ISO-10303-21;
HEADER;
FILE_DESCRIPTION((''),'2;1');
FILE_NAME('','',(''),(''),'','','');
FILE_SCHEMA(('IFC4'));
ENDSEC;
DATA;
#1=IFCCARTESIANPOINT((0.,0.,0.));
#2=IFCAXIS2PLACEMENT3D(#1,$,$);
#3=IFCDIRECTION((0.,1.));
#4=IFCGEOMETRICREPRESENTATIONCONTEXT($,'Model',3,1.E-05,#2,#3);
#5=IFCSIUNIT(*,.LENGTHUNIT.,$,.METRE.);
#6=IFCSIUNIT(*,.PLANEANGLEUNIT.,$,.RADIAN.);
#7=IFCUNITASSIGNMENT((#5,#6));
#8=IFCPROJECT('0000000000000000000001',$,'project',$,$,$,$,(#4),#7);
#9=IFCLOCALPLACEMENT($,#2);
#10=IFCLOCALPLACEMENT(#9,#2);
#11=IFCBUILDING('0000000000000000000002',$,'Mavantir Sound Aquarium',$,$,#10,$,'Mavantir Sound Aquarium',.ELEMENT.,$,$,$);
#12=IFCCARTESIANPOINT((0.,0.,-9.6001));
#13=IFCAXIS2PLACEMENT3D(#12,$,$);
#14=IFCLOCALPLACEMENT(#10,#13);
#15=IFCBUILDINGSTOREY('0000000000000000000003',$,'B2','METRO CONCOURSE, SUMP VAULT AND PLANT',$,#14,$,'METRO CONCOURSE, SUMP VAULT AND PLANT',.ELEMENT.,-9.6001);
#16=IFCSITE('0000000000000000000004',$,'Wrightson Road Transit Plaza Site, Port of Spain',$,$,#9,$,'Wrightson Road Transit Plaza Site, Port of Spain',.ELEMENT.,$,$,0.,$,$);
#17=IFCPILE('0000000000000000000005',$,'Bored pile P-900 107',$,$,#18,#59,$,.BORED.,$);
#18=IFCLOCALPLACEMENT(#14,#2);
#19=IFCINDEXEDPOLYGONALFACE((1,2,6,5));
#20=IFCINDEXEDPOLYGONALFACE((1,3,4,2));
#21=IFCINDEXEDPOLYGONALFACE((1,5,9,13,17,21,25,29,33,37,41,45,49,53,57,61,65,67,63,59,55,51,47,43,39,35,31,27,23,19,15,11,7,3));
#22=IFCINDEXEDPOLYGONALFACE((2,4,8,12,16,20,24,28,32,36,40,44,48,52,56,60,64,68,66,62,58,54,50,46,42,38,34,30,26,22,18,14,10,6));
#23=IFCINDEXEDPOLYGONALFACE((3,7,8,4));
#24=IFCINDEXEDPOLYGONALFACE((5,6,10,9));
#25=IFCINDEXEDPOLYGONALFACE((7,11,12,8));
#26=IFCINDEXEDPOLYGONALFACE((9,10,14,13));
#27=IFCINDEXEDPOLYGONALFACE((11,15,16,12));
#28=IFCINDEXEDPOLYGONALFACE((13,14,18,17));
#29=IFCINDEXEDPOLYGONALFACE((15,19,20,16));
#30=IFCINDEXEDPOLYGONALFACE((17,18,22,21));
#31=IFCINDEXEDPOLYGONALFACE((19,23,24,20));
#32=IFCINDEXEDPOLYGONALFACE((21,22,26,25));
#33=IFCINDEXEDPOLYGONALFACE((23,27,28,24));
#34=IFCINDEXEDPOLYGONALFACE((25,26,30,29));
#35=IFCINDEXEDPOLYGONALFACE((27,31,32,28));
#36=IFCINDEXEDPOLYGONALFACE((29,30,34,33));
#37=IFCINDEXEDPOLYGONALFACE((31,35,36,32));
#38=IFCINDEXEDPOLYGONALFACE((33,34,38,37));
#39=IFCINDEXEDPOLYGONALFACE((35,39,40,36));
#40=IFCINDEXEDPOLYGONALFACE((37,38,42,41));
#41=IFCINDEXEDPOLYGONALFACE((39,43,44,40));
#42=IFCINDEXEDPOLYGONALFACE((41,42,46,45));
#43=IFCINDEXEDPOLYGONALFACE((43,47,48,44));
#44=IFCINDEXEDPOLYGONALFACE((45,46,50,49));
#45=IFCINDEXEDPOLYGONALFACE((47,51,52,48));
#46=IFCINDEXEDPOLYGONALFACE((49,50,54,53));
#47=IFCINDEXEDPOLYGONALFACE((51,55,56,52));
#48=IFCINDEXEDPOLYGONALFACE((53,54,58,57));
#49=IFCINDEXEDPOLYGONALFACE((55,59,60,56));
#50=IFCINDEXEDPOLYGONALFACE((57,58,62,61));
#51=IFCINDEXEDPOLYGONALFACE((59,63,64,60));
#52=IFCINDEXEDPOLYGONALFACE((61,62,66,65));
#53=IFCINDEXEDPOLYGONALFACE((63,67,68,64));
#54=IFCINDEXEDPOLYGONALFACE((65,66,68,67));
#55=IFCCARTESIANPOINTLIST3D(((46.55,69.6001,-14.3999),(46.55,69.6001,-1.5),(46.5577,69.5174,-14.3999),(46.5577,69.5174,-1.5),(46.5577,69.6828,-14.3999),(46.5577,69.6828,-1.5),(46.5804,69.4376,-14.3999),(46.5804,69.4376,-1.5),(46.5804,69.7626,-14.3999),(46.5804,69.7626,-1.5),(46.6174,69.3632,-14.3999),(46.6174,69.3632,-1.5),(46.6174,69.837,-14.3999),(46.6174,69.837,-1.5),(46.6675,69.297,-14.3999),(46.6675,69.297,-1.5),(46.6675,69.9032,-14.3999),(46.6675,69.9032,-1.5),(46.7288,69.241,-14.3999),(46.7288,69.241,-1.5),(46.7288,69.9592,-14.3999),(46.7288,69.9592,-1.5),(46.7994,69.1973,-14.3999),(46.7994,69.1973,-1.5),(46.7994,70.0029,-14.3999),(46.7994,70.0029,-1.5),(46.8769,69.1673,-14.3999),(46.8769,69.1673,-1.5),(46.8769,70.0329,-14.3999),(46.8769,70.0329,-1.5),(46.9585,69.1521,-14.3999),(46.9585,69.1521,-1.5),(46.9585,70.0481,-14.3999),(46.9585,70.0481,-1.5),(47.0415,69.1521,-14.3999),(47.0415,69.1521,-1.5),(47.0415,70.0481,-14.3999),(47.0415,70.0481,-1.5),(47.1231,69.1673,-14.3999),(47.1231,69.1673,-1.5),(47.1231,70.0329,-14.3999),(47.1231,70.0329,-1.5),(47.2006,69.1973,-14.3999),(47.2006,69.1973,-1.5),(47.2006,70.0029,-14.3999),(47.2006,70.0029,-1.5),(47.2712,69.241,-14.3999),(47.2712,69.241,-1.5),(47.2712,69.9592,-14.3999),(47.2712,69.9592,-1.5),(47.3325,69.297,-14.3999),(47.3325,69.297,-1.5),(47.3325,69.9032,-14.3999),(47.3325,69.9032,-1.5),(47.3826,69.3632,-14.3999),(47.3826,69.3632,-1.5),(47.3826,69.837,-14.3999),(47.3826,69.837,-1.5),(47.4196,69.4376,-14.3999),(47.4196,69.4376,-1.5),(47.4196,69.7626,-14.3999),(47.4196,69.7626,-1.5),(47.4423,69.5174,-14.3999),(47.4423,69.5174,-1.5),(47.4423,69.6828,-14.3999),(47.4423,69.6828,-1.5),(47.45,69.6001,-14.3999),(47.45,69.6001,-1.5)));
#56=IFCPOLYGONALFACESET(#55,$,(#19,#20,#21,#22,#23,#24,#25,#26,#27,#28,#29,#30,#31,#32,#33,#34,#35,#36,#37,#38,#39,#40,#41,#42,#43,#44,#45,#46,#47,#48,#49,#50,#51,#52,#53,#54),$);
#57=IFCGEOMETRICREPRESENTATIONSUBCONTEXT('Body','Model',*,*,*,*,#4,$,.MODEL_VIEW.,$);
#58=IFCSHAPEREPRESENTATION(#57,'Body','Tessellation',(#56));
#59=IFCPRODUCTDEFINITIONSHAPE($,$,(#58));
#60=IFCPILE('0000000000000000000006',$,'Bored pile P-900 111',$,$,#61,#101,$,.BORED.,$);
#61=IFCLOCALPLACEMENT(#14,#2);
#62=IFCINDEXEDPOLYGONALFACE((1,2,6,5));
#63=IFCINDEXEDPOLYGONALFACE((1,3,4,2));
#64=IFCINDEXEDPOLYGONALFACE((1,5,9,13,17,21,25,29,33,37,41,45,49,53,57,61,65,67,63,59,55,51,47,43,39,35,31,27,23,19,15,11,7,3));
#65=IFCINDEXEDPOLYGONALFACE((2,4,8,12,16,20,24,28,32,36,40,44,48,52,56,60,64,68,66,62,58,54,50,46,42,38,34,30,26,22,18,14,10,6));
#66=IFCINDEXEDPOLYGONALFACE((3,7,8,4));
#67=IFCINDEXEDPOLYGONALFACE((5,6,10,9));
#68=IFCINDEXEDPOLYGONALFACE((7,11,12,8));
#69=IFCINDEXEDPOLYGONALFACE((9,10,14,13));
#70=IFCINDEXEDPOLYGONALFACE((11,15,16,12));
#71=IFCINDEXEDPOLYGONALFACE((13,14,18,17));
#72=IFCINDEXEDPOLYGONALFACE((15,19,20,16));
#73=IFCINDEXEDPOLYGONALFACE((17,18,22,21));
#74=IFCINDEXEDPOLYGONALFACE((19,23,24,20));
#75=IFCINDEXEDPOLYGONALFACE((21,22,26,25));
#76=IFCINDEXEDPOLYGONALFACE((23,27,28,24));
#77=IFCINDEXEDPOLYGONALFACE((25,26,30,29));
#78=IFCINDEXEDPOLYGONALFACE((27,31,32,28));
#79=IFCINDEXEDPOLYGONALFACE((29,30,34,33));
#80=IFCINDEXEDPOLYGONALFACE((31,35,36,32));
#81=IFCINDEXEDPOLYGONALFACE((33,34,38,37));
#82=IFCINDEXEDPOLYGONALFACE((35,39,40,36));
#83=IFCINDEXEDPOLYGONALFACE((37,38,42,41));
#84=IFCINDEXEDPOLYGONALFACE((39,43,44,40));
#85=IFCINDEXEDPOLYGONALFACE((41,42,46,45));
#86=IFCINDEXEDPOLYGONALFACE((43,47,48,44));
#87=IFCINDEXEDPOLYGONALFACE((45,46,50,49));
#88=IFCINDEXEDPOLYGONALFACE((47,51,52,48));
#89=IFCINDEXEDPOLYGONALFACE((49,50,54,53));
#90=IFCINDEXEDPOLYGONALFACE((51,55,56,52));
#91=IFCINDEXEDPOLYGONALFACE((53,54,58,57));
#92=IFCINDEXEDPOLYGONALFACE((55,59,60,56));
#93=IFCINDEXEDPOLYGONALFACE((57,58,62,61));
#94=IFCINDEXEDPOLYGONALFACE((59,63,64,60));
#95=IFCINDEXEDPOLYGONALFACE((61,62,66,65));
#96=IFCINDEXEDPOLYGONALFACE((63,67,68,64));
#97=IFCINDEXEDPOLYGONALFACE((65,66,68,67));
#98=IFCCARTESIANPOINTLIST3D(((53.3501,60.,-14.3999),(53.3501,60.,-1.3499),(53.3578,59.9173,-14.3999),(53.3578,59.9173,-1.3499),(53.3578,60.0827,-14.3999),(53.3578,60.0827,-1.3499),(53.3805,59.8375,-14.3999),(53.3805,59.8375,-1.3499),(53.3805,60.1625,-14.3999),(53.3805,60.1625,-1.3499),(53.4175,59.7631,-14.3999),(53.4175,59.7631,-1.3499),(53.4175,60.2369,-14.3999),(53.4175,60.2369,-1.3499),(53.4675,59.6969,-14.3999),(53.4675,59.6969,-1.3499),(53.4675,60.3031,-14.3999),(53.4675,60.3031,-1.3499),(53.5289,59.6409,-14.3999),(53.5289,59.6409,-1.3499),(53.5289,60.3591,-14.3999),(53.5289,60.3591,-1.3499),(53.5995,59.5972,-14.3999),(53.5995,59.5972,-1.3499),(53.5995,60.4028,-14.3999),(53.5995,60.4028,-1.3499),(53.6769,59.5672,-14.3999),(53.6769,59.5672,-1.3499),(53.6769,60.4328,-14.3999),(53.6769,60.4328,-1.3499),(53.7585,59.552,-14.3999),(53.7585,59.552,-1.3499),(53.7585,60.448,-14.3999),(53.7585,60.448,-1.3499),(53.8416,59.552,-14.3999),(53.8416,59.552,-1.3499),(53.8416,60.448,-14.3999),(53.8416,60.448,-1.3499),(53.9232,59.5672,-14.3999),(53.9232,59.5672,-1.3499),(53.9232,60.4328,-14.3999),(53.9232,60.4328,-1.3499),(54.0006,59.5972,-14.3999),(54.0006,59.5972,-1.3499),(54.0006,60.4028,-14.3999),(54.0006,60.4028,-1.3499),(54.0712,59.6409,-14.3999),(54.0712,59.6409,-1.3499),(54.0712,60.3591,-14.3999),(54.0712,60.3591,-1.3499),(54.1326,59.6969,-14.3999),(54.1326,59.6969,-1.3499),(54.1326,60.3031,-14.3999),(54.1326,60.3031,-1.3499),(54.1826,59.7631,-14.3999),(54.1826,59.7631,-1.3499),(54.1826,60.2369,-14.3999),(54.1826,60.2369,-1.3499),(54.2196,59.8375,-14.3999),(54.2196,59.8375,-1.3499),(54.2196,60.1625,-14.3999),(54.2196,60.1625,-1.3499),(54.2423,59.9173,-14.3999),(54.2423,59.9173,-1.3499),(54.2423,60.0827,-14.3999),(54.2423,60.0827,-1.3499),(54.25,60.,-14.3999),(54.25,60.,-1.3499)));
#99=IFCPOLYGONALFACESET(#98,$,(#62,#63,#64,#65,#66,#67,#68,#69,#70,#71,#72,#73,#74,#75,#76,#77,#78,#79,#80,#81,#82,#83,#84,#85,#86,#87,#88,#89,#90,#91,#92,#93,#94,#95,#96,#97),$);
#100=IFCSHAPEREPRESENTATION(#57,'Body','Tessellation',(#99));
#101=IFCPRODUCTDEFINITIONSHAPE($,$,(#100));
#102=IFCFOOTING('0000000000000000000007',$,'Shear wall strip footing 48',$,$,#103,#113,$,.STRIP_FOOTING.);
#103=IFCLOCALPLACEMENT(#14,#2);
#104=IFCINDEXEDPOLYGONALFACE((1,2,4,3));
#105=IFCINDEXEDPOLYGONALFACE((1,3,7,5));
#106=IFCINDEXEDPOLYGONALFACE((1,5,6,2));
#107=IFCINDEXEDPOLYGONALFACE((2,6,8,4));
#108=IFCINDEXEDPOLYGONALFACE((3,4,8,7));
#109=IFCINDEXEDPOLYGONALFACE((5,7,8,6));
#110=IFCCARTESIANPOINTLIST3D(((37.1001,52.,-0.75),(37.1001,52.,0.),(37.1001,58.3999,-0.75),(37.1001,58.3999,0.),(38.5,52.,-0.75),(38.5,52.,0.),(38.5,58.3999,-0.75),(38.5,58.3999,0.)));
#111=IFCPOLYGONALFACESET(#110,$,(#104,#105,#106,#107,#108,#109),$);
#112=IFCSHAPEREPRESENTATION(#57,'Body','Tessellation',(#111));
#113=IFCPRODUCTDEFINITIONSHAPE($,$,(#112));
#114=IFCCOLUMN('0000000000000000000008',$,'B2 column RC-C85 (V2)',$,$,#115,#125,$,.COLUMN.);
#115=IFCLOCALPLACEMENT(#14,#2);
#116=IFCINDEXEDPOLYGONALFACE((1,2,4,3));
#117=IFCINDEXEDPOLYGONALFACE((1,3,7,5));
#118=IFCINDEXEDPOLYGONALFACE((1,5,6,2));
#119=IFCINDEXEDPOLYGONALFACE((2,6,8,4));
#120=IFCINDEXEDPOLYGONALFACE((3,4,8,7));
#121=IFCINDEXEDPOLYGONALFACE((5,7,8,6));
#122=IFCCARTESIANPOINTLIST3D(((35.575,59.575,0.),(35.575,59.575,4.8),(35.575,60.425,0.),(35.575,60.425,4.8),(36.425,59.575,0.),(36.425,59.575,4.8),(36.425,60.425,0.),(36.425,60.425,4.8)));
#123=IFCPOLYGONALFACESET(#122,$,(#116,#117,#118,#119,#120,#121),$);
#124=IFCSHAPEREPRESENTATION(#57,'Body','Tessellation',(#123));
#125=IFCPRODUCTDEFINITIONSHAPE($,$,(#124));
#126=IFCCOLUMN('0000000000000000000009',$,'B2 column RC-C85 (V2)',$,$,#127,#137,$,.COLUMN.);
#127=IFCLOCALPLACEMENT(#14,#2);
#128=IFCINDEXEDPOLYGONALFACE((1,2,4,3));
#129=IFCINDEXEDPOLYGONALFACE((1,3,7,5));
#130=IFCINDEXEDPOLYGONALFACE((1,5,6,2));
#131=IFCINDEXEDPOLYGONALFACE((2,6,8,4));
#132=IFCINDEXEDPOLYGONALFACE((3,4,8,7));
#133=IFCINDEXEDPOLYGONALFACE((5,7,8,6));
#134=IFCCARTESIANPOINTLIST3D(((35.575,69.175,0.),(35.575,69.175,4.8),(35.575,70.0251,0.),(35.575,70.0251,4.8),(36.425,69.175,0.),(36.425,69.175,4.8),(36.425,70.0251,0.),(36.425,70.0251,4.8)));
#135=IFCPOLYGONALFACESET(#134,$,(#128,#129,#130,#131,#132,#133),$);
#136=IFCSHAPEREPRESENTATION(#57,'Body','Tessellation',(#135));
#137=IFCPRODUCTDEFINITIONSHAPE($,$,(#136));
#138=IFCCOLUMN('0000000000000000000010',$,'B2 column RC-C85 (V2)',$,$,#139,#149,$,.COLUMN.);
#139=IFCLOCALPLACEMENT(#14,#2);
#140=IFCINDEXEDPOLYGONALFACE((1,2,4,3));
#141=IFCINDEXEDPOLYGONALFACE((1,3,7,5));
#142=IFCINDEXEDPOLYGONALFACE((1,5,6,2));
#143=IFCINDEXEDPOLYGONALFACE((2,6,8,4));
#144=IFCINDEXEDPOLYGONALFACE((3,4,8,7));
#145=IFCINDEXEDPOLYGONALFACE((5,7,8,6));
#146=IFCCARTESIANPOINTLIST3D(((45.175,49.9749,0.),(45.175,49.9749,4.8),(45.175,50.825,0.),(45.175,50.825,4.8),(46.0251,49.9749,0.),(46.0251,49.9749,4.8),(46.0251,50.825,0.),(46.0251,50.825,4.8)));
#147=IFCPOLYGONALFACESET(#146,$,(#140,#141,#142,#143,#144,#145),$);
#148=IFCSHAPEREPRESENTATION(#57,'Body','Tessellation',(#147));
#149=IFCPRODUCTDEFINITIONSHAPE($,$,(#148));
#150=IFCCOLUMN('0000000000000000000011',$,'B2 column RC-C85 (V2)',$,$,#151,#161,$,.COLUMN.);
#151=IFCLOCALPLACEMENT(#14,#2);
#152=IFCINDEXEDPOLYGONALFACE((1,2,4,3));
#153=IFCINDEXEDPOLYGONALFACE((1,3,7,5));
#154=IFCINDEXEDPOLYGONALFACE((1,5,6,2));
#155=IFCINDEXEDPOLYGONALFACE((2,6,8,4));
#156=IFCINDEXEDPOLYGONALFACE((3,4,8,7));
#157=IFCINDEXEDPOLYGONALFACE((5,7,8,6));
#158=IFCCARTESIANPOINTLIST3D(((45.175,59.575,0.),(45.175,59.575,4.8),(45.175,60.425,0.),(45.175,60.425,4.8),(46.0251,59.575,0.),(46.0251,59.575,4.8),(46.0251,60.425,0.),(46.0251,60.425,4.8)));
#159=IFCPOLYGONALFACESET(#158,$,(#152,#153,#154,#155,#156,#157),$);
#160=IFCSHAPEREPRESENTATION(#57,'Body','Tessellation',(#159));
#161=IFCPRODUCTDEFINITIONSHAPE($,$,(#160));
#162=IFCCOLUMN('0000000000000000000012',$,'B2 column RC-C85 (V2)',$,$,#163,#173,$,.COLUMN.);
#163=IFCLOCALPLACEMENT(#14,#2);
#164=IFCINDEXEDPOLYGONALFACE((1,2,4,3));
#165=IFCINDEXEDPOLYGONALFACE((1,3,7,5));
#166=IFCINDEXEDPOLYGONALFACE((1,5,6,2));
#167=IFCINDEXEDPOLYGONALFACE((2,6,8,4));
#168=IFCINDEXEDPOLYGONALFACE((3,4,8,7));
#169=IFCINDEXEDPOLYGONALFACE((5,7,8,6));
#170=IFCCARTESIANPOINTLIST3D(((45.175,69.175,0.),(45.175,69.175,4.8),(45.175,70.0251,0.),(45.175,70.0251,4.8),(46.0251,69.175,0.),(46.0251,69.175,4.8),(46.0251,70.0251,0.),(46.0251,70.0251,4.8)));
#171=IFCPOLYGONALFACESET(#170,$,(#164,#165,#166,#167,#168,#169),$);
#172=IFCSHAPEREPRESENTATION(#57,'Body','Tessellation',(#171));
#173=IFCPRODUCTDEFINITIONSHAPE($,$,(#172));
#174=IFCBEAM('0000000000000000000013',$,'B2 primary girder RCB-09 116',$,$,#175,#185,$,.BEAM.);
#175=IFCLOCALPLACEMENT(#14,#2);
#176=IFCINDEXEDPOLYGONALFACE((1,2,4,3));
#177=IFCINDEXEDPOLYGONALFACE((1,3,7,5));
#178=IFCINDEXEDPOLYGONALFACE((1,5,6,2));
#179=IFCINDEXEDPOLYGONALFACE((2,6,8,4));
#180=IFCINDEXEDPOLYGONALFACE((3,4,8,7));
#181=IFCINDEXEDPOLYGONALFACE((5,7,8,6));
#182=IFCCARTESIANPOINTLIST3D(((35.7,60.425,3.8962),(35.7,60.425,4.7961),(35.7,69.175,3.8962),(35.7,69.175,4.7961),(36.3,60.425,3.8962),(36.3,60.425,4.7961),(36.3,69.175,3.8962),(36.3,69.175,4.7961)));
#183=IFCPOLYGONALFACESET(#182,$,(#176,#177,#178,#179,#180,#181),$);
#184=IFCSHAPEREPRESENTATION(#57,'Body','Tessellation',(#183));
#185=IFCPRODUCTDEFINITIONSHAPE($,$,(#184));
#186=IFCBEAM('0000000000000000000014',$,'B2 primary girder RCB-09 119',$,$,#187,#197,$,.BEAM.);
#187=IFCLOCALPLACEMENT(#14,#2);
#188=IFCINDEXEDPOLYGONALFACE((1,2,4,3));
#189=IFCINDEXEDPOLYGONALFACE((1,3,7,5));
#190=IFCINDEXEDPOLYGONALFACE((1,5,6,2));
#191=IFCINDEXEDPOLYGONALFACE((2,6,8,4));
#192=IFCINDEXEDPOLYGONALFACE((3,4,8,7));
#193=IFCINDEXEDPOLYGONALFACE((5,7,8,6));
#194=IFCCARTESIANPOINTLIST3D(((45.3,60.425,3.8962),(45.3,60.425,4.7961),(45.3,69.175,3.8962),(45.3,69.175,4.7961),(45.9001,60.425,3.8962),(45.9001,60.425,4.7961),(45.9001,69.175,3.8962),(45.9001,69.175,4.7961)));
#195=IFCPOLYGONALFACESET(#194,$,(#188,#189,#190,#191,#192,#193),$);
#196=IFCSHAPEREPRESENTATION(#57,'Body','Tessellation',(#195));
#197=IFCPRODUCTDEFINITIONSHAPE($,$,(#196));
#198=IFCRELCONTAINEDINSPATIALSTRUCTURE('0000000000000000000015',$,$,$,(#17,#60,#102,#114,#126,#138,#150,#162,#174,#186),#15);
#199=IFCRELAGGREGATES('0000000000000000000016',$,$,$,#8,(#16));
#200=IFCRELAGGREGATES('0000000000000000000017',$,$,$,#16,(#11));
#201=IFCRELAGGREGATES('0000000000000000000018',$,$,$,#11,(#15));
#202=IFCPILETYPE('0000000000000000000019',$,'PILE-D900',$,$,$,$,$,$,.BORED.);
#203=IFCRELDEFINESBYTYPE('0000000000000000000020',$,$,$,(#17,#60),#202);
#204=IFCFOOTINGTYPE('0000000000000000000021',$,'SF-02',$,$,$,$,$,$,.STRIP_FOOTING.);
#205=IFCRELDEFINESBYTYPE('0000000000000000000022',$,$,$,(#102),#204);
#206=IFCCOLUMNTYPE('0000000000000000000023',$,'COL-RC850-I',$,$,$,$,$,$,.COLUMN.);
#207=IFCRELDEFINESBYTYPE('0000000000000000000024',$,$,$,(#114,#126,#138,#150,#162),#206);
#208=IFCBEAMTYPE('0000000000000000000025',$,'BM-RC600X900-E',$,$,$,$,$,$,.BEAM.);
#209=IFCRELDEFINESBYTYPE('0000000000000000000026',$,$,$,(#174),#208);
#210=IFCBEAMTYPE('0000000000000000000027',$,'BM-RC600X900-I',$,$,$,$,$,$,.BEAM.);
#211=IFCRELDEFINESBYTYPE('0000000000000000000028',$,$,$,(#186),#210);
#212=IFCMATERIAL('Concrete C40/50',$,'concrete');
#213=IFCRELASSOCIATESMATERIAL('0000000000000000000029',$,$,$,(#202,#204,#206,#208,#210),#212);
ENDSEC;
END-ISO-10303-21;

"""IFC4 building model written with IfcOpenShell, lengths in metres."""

from ifc_helpers import new_model, si_unit, direction, frame, origin, origin_2d, place, context, subcontext, project, spatial, rectangle, circle, extrude, material, material_profile, profile_set, type_object, element, save


model = new_model("IFC4")

# Units and contexts
model_context = context("Model", 3, precision=1e-05, world=origin(), true_north=direction((0.0, 1.0)))
body_context = subcontext(model_context, "Body", "Model", "MODEL_VIEW")
ifc_project = project(units=[si_unit("LENGTHUNIT", "METRE"), si_unit("PLANEANGLEUNIT", "RADIAN")], contexts=[model_context])

# Site, building, storey
site_placement = place(None, origin())
site = spatial("IfcSite", under=ifc_project, at=site_placement, Name="Wrightson Road Transit Plaza Site, Port of Spain", LongName="Wrightson Road Transit Plaza Site, Port of Spain", CompositionType="ELEMENT", RefElevation=0.0)
building_placement = place(site_placement, origin())
building = spatial("IfcBuilding", under=site, at=building_placement, Name="Mavantir Sound Aquarium", LongName="Mavantir Sound Aquarium", CompositionType="ELEMENT")
storey_placement = place(building_placement, frame((0.0, 0.0, -9.6001)))
storey = spatial("IfcBuildingStorey", under=building, at=storey_placement, Name="B2", Description="METRO CONCOURSE, SUMP VAULT AND PLANT", LongName="METRO CONCOURSE, SUMP VAULT AND PLANT", CompositionType="ELEMENT", Elevation=-9.6001)

# Shared definitions
ifc_material_1 = material(Name="Concrete C40/50", Category="concrete")

# Piles
ifc_material_profile_1 = material_profile(ifc_material_1, circle(Radius=0.45, at=origin_2d()), Name="PILE D900")
ifc_profile_set_1 = profile_set([ifc_material_profile_1], Name="Concrete C40/50")
pile_type = type_object("IfcPileType", Name="PILE-D900", PredefinedType="BORED", material=ifc_profile_set_1)
for number, where, z_axis, x_axis, name in (
    (1, (47.0, 69.6001, -1.5), (0.0, 0.0, -1.0), (1.0, 0.0, 0.0), "Bored pile P-900 107"),
):
    element("IfcPile", number, at=place(storey_placement, frame(where, z_axis=z_axis, x_axis=x_axis)), inside=storey, type_object=pile_type, Name=name, PredefinedType="BORED", context=body_context, shape_type="SweptSolid", body=[
        extrude(circle(Radius=0.45, at=origin_2d()), origin(), (0.0, 0.0, 1.0), 12.8999),
    ])
pile_1_placement = place(storey_placement, frame((53.8, 60.0, -1.3499), z_axis=(0.0, 0.0, -1.0), x_axis=(1.0, 0.0, 0.0)))
element("IfcPile", 2, at=pile_1_placement, inside=storey, type_object=pile_type, Name="Bored pile P-900 111", PredefinedType="BORED", context=body_context, shape_type="SweptSolid", body=[
    extrude(circle(Radius=0.45, at=origin_2d()), origin(), (0.0, 0.0, 1.0), 13.05),
])

# Footing
ifc_material_profile_2 = material_profile(ifc_material_1, rectangle(XDim=1.3999, YDim=0.75, at=origin_2d()), Name="RC 1400X750")
ifc_profile_set_2 = profile_set([ifc_material_profile_2], Name="Concrete C40/50")
footing_type_1 = type_object("IfcFootingType", Name="SF-02", PredefinedType="STRIP_FOOTING", material=ifc_profile_set_2)
footing_1_placement = place(storey_placement, frame((37.8, 52.0, -0.375), z_axis=(0.0, 1.0, 0.0), x_axis=(-1.0, 0.0, 0.0)))
element("IfcFooting", 3, at=footing_1_placement, inside=storey, type_object=footing_type_1, Name="Shear wall strip footing 48", PredefinedType="STRIP_FOOTING", context=body_context, shape_type="SweptSolid", body=[
    extrude(rectangle(XDim=1.3999, YDim=0.75, at=origin_2d()), origin(), (0.0, 0.0, 1.0), 6.3999),
])

# Columns
ifc_material_profile_3 = material_profile(ifc_material_1, rectangle(XDim=0.8501, YDim=0.8501, at=origin_2d()), Name="RC 850X850")
ifc_profile_set_3 = profile_set([ifc_material_profile_3], Name="Concrete C40/50")
column_type = type_object("IfcColumnType", Name="COL-RC850-I", PredefinedType="COLUMN", material=ifc_profile_set_3)
for number, where, z_axis, x_axis, name in (
    (4, (36.0, 60.0, 0.0), (0.0, 0.0, 1.0), (1.0, 0.0, 0.0), "B2 column RC-C85 (V2)"),
    (5, (36.0, 69.6001, 0.0), (0.0, 0.0, 1.0), (1.0, 0.0, 0.0), "B2 column RC-C85 (V2)"),
    (6, (45.6001, 50.3999, 0.0), (0.0, 0.0, 1.0), (1.0, 0.0, 0.0), "B2 column RC-C85 (V2)"),
    (7, (45.6001, 60.0, 0.0), (0.0, 0.0, 1.0), (1.0, 0.0, 0.0), "B2 column RC-C85 (V2)"),
    (8, (45.6001, 69.6001, 0.0), (0.0, 0.0, 1.0), (1.0, 0.0, 0.0), "B2 column RC-C85 (V2)"),
):
    element("IfcColumn", number, at=place(storey_placement, frame(where, z_axis=z_axis, x_axis=x_axis)), inside=storey, type_object=column_type, Name=name, PredefinedType="COLUMN", context=body_context, shape_type="SweptSolid", body=[
        extrude(rectangle(XDim=0.8501, YDim=0.8501, at=origin_2d()), origin(), (0.0, 0.0, 1.0), 4.8),
    ])

# Beams
ifc_material_profile_4 = material_profile(ifc_material_1, rectangle(XDim=0.6001, YDim=0.8999, at=origin_2d()), Name="RC 600X900")
ifc_profile_set_4 = profile_set([ifc_material_profile_4], Name="Concrete C40/50")
beam_type_1 = type_object("IfcBeamType", Name="BM-RC600X900-E", PredefinedType="BEAM", material=ifc_profile_set_4)
beam_1_placement = place(storey_placement, frame((36.0, 60.425, 4.3462), z_axis=(0.0, 1.0, 0.0), x_axis=(-1.0, 0.0, 0.0)))
element("IfcBeam", 9, at=beam_1_placement, inside=storey, type_object=beam_type_1, Name="B2 primary girder RCB-09 116", PredefinedType="BEAM", context=body_context, shape_type="SweptSolid", body=[
    extrude(rectangle(XDim=0.6001, YDim=0.8999, at=origin_2d()), origin(), (0.0, 0.0, 1.0), 8.75),
])
ifc_material_profile_5 = material_profile(ifc_material_1, rectangle(XDim=0.6001, YDim=0.8999, at=origin_2d()), Name="RC 600X900")
ifc_profile_set_5 = profile_set([ifc_material_profile_5], Name="Concrete C40/50")
beam_type_2 = type_object("IfcBeamType", Name="BM-RC600X900-I", PredefinedType="BEAM", material=ifc_profile_set_5)
beam_2_placement = place(storey_placement, frame((45.6001, 60.425, 4.3462), z_axis=(0.0, 1.0, 0.0), x_axis=(-1.0, 0.0, 0.0)))
element("IfcBeam", 10, at=beam_2_placement, inside=storey, type_object=beam_type_2, Name="B2 primary girder RCB-09 119", PredefinedType="BEAM", context=body_context, shape_type="SweptSolid", body=[
    extrude(rectangle(XDim=0.6001, YDim=0.8999, at=origin_2d()), origin(), (0.0, 0.0, 1.0), 8.75),
])

save(model, "model.ifc")
